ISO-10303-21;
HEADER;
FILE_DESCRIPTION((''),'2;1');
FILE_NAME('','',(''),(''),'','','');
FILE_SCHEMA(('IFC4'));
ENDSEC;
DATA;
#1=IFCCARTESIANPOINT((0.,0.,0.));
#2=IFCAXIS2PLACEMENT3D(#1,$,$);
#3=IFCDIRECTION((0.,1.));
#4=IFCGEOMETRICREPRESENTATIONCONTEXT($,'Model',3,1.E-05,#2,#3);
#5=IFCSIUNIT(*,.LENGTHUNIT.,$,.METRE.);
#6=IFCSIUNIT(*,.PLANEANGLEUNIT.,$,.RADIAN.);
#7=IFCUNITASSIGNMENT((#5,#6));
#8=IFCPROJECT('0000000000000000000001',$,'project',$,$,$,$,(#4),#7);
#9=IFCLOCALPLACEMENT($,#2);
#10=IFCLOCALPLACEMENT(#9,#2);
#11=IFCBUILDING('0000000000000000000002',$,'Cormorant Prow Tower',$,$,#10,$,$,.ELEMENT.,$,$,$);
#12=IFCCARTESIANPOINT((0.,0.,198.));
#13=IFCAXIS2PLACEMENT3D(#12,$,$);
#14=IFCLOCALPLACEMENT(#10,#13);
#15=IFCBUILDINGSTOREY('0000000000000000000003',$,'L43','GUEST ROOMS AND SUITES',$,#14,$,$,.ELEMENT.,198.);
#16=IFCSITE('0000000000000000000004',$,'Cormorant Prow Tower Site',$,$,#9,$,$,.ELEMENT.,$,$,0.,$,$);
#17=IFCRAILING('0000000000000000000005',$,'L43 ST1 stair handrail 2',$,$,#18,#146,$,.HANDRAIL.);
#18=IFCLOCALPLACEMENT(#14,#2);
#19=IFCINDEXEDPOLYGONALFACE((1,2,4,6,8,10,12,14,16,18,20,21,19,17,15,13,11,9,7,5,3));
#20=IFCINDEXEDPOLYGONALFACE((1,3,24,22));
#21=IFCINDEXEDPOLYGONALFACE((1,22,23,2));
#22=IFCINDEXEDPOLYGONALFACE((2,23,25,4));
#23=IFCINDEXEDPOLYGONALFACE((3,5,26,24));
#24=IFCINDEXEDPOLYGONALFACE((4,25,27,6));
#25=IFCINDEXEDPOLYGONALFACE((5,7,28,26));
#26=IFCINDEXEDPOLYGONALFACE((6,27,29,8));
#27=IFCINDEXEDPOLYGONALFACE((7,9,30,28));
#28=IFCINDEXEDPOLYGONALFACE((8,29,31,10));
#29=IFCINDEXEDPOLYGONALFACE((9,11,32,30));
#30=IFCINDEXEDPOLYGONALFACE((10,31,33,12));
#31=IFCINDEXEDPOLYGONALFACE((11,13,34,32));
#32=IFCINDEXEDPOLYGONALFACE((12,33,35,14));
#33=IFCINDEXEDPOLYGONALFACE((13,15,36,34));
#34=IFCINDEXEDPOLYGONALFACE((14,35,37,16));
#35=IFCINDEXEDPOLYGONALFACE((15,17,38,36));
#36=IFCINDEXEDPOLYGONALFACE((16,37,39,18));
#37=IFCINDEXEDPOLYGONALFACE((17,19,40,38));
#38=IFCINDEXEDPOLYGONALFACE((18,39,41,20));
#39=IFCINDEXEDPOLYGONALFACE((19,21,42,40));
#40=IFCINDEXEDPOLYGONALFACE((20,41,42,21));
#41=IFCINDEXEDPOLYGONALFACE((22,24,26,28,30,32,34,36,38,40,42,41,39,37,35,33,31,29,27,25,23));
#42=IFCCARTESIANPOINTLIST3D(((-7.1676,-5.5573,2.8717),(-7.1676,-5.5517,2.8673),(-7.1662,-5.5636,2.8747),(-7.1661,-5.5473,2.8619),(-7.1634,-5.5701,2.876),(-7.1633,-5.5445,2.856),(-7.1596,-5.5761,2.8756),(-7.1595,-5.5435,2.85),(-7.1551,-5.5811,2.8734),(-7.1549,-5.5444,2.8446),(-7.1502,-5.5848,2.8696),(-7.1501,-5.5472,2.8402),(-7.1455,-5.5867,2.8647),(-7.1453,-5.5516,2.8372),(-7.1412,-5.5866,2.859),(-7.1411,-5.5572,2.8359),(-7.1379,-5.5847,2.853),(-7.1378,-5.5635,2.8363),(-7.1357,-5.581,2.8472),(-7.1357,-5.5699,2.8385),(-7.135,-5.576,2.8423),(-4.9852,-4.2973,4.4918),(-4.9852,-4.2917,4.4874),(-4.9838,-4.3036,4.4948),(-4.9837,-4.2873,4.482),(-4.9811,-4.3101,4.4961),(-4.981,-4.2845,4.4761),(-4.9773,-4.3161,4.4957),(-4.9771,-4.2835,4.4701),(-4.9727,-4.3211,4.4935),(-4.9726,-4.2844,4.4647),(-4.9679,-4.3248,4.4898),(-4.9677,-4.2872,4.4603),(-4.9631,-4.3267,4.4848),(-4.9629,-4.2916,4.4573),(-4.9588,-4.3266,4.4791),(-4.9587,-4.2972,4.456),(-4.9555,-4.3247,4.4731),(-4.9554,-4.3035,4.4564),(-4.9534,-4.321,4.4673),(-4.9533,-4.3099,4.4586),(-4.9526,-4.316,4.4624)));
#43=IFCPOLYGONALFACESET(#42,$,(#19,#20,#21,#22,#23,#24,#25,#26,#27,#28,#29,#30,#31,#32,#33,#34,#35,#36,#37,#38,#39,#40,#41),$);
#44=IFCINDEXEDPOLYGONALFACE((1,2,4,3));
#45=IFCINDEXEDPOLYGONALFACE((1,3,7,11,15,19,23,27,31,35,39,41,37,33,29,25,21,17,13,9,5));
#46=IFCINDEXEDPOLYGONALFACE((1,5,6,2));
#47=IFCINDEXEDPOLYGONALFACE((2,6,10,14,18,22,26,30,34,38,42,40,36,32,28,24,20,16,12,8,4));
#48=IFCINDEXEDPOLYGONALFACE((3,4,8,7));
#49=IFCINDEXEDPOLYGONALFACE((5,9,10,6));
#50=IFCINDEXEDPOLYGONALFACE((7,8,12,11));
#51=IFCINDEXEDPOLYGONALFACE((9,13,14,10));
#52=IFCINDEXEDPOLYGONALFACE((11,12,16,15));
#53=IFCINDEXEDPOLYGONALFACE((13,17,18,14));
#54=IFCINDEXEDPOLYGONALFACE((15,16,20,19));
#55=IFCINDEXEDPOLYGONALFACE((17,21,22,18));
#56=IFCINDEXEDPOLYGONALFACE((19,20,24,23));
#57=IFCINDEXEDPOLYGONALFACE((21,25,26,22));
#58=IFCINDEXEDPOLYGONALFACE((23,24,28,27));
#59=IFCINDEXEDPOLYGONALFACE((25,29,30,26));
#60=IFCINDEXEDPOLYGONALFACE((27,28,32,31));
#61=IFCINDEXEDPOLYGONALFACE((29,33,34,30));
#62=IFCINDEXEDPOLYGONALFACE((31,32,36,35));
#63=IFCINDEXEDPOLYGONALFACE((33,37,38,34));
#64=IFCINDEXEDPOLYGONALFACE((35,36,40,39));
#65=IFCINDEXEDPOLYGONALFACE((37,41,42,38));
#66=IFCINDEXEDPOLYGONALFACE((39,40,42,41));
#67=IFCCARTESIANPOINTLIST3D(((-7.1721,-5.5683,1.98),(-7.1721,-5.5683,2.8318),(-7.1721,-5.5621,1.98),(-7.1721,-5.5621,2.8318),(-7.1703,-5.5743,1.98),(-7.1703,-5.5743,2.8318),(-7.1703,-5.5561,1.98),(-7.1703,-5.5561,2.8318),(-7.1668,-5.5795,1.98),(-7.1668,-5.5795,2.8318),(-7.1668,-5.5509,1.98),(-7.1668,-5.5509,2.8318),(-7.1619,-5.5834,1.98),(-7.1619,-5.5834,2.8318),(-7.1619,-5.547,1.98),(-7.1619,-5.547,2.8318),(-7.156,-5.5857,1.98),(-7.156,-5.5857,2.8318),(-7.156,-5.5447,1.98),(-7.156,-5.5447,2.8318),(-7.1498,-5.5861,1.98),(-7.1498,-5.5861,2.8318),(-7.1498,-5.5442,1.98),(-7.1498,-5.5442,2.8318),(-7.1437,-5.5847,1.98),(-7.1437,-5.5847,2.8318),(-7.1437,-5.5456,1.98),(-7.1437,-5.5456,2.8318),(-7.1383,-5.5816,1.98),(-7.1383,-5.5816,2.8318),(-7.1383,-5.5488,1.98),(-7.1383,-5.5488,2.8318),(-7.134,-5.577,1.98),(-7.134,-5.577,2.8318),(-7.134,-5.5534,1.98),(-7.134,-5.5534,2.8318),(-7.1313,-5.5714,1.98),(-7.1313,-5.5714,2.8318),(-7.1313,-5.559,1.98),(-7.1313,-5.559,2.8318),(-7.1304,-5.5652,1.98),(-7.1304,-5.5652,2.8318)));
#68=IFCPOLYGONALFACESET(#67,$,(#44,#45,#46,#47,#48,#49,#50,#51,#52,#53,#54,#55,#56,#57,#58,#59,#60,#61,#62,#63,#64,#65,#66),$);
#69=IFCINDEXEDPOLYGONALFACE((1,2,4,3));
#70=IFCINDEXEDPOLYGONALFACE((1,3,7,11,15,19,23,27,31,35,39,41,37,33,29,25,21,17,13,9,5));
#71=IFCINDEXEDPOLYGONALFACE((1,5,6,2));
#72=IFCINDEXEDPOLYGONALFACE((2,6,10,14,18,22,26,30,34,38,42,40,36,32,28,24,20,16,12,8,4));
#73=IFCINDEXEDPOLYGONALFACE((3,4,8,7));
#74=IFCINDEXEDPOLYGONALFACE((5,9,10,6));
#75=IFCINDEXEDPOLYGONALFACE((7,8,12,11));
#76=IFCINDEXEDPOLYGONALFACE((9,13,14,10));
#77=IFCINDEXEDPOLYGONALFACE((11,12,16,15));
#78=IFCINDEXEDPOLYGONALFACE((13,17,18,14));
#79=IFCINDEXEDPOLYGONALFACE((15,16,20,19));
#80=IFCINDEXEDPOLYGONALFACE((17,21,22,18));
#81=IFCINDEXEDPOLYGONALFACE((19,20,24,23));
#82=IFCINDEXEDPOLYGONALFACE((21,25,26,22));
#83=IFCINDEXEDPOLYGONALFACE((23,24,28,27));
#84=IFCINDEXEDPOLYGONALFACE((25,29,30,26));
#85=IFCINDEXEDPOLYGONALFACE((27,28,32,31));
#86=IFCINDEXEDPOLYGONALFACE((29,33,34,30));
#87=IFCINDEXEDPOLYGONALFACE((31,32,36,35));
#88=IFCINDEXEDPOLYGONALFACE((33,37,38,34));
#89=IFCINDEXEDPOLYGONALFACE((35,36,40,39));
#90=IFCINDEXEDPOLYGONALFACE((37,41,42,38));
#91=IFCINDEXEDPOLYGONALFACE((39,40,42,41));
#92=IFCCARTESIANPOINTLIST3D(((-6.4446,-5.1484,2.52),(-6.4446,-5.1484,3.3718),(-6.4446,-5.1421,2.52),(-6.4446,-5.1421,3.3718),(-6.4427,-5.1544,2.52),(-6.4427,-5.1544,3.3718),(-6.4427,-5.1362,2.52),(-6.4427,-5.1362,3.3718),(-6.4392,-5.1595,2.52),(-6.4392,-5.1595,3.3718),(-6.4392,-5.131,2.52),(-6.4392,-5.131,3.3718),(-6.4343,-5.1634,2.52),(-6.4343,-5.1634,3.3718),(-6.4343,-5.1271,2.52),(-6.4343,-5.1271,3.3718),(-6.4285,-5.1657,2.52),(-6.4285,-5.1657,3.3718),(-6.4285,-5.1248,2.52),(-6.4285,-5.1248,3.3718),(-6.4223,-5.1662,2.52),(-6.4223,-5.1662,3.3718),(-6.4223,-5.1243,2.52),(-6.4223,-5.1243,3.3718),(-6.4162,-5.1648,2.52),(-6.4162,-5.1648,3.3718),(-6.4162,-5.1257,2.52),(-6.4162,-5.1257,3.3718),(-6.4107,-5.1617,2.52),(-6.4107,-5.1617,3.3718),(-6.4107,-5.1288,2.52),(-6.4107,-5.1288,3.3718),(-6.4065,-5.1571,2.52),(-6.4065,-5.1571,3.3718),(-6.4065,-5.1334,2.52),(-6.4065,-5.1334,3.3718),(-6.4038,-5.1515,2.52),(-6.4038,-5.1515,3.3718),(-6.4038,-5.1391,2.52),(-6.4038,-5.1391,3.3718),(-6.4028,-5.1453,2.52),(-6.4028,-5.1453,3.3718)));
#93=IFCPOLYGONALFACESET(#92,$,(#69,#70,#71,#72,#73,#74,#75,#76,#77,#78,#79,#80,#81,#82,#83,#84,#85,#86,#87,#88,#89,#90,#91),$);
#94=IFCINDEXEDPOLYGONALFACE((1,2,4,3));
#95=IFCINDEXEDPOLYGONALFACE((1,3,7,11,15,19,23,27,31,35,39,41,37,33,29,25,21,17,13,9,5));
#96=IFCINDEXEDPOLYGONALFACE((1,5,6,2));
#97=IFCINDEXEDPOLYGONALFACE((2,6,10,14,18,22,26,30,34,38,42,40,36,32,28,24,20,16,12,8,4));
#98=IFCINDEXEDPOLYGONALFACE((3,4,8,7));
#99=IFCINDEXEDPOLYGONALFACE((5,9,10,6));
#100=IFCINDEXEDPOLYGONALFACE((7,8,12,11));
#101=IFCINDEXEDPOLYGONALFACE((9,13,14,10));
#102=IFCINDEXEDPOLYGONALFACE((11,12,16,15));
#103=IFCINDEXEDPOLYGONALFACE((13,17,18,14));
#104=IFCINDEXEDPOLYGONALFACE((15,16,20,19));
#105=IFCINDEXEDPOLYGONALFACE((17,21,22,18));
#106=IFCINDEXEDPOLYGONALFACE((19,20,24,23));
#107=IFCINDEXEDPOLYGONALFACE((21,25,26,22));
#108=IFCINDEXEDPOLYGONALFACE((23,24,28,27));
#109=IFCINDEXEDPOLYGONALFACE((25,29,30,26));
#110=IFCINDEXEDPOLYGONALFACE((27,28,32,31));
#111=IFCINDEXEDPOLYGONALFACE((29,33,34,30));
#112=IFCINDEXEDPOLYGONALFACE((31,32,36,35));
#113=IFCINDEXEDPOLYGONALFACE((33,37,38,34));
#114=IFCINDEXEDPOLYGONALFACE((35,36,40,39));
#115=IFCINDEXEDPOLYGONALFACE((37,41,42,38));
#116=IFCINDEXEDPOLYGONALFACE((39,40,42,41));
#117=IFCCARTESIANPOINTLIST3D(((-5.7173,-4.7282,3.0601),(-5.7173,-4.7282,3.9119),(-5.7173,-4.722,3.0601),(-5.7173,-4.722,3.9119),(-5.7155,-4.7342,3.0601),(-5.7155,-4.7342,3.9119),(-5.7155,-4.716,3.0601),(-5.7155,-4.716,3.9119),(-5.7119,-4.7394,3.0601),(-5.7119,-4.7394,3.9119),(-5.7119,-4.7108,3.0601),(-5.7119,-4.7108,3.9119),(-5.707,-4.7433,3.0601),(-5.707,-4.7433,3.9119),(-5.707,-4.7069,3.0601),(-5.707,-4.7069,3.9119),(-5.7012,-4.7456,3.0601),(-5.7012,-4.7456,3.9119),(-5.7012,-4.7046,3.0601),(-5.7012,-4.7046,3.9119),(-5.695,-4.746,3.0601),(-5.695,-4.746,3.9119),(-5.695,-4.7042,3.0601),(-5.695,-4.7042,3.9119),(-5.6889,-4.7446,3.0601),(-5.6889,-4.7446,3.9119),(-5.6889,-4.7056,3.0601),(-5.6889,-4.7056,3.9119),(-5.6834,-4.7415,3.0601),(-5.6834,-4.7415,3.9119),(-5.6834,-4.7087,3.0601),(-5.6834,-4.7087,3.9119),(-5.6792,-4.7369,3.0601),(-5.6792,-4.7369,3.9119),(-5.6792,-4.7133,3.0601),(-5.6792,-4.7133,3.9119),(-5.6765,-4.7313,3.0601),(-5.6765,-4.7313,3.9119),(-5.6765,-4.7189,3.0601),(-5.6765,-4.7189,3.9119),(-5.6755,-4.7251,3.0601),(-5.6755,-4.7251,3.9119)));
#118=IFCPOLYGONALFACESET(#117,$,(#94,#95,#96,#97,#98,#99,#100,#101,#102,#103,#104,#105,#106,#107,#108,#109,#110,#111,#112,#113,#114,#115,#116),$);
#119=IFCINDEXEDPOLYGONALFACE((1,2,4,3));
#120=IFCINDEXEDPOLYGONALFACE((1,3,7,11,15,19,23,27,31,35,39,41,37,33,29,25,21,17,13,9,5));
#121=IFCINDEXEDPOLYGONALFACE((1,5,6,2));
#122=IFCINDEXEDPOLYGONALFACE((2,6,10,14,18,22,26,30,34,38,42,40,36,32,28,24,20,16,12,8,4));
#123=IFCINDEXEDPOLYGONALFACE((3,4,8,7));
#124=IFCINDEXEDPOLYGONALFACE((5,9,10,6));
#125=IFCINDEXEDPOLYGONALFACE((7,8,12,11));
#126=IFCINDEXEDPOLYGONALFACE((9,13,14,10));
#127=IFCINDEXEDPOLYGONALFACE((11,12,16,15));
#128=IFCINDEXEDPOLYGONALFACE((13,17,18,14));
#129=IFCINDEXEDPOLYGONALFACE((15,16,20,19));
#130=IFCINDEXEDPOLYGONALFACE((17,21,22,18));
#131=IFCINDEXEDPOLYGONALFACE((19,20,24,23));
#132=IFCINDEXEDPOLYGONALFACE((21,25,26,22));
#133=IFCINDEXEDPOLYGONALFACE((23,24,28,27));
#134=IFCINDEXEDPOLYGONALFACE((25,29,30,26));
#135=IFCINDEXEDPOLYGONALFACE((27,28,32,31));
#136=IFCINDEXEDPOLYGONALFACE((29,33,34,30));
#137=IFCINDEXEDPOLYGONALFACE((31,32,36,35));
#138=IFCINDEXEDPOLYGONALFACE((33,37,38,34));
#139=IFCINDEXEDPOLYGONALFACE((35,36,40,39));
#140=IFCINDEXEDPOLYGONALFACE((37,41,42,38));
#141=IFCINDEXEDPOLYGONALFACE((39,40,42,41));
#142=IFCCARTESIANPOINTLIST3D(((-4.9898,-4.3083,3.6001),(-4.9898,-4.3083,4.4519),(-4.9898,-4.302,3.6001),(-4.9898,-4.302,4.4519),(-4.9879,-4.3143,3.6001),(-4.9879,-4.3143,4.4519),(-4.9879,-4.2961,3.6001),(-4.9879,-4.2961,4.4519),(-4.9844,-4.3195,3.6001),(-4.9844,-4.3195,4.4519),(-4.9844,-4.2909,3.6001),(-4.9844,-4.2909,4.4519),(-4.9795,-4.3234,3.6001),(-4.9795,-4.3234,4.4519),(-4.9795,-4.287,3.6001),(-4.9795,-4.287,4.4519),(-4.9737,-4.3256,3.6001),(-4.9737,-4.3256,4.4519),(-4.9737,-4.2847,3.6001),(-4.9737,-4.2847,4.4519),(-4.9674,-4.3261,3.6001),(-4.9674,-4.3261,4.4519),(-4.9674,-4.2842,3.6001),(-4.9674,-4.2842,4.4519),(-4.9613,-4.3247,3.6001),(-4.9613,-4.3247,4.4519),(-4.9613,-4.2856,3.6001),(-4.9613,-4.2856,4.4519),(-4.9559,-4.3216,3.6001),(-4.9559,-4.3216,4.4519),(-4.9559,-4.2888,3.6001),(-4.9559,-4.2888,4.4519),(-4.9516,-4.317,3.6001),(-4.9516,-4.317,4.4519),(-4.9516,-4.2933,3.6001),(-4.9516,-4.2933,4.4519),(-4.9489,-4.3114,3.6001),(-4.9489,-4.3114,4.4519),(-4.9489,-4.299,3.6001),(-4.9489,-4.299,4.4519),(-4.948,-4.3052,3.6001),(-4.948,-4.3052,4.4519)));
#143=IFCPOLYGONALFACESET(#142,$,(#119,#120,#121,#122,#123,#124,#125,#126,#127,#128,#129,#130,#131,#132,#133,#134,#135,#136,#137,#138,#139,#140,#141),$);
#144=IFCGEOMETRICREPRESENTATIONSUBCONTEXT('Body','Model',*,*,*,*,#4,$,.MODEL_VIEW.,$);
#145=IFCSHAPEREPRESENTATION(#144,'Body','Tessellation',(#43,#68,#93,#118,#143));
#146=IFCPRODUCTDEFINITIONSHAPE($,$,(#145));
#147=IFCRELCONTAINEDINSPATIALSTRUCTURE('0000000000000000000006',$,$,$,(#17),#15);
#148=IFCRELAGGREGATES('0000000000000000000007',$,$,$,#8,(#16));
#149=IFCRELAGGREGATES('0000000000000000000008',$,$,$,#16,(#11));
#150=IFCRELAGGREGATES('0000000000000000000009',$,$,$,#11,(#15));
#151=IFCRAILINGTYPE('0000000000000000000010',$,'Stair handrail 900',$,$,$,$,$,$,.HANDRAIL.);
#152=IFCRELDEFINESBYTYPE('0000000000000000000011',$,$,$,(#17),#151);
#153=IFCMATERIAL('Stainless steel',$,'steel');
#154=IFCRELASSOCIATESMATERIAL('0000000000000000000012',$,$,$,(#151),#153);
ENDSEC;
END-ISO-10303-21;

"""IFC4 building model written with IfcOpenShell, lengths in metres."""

from ifc_helpers import new_model, si_unit, direction, frame, origin, origin_2d, place, context, subcontext, project, spatial, circle, extrude, material, type_object, element, save


model = new_model("IFC4")

# Units and contexts
model_context = context("Model", 3, precision=1e-05, world=origin(), true_north=direction((0.0, 1.0)))
body_context = subcontext(model_context, "Body", "Model", "MODEL_VIEW")
ifc_project = project(units=[si_unit("LENGTHUNIT", "METRE"), si_unit("PLANEANGLEUNIT", "RADIAN")], contexts=[model_context])

# Site, building, storey
site_placement = place(None, origin())
site = spatial("IfcSite", under=ifc_project, at=site_placement, Name="Cormorant Prow Tower Site", CompositionType="ELEMENT", RefElevation=0.0)
building_placement = place(site_placement, origin())
building = spatial("IfcBuilding", under=site, at=building_placement, Name="Cormorant Prow Tower", CompositionType="ELEMENT")
storey_placement = place(building_placement, frame((0.0, 0.0, 198.0)))
storey = spatial("IfcBuildingStorey", under=building, at=storey_placement, Name="L43", Description="GUEST ROOMS AND SUITES", CompositionType="ELEMENT", Elevation=198.0)

# Railing
ifc_material_1 = material(Name="Stainless steel", Category="steel")
railing_type_1 = type_object("IfcRailingType", Name="Stair handrail 900", PredefinedType="HANDRAIL", material=ifc_material_1)
railing_1_placement = place(storey_placement, frame((-7.1514, -5.5652, 1.98)))
element("IfcRailing", 1, at=railing_1_placement, inside=storey, type_object=railing_type_1, Name="L43 ST1 stair handrail 2", PredefinedType="HANDRAIL", context=body_context, shape_type="SweptSolid", body=[
    extrude(circle(Radius=0.0239, at=origin_2d()), frame((0.0, 0.0, 0.876), z_axis=(0.728464, 0.420584, 0.540786), x_axis=(-0.500005, 0.866023, 0.0)), (0.0, 0.0, 1.0), 2.9958),
    extrude(circle(Radius=0.021, at=origin_2d()), origin(), (0.0, 0.0, 1.0), 0.8518),
    extrude(circle(Radius=0.021, at=origin_2d()), frame((0.7275, 0.4199, 0.54)), (0.0, 0.0, 1.0), 0.8518),
    extrude(circle(Radius=0.021, at=origin_2d()), frame((1.4548, 0.8401, 1.0801)), (0.0, 0.0, 1.0), 0.8518),
    extrude(circle(Radius=0.021, at=origin_2d()), frame((2.1824, 1.26, 1.6201)), (0.0, 0.0, 1.0), 0.8518),
])

save(model, "model.ifc")
